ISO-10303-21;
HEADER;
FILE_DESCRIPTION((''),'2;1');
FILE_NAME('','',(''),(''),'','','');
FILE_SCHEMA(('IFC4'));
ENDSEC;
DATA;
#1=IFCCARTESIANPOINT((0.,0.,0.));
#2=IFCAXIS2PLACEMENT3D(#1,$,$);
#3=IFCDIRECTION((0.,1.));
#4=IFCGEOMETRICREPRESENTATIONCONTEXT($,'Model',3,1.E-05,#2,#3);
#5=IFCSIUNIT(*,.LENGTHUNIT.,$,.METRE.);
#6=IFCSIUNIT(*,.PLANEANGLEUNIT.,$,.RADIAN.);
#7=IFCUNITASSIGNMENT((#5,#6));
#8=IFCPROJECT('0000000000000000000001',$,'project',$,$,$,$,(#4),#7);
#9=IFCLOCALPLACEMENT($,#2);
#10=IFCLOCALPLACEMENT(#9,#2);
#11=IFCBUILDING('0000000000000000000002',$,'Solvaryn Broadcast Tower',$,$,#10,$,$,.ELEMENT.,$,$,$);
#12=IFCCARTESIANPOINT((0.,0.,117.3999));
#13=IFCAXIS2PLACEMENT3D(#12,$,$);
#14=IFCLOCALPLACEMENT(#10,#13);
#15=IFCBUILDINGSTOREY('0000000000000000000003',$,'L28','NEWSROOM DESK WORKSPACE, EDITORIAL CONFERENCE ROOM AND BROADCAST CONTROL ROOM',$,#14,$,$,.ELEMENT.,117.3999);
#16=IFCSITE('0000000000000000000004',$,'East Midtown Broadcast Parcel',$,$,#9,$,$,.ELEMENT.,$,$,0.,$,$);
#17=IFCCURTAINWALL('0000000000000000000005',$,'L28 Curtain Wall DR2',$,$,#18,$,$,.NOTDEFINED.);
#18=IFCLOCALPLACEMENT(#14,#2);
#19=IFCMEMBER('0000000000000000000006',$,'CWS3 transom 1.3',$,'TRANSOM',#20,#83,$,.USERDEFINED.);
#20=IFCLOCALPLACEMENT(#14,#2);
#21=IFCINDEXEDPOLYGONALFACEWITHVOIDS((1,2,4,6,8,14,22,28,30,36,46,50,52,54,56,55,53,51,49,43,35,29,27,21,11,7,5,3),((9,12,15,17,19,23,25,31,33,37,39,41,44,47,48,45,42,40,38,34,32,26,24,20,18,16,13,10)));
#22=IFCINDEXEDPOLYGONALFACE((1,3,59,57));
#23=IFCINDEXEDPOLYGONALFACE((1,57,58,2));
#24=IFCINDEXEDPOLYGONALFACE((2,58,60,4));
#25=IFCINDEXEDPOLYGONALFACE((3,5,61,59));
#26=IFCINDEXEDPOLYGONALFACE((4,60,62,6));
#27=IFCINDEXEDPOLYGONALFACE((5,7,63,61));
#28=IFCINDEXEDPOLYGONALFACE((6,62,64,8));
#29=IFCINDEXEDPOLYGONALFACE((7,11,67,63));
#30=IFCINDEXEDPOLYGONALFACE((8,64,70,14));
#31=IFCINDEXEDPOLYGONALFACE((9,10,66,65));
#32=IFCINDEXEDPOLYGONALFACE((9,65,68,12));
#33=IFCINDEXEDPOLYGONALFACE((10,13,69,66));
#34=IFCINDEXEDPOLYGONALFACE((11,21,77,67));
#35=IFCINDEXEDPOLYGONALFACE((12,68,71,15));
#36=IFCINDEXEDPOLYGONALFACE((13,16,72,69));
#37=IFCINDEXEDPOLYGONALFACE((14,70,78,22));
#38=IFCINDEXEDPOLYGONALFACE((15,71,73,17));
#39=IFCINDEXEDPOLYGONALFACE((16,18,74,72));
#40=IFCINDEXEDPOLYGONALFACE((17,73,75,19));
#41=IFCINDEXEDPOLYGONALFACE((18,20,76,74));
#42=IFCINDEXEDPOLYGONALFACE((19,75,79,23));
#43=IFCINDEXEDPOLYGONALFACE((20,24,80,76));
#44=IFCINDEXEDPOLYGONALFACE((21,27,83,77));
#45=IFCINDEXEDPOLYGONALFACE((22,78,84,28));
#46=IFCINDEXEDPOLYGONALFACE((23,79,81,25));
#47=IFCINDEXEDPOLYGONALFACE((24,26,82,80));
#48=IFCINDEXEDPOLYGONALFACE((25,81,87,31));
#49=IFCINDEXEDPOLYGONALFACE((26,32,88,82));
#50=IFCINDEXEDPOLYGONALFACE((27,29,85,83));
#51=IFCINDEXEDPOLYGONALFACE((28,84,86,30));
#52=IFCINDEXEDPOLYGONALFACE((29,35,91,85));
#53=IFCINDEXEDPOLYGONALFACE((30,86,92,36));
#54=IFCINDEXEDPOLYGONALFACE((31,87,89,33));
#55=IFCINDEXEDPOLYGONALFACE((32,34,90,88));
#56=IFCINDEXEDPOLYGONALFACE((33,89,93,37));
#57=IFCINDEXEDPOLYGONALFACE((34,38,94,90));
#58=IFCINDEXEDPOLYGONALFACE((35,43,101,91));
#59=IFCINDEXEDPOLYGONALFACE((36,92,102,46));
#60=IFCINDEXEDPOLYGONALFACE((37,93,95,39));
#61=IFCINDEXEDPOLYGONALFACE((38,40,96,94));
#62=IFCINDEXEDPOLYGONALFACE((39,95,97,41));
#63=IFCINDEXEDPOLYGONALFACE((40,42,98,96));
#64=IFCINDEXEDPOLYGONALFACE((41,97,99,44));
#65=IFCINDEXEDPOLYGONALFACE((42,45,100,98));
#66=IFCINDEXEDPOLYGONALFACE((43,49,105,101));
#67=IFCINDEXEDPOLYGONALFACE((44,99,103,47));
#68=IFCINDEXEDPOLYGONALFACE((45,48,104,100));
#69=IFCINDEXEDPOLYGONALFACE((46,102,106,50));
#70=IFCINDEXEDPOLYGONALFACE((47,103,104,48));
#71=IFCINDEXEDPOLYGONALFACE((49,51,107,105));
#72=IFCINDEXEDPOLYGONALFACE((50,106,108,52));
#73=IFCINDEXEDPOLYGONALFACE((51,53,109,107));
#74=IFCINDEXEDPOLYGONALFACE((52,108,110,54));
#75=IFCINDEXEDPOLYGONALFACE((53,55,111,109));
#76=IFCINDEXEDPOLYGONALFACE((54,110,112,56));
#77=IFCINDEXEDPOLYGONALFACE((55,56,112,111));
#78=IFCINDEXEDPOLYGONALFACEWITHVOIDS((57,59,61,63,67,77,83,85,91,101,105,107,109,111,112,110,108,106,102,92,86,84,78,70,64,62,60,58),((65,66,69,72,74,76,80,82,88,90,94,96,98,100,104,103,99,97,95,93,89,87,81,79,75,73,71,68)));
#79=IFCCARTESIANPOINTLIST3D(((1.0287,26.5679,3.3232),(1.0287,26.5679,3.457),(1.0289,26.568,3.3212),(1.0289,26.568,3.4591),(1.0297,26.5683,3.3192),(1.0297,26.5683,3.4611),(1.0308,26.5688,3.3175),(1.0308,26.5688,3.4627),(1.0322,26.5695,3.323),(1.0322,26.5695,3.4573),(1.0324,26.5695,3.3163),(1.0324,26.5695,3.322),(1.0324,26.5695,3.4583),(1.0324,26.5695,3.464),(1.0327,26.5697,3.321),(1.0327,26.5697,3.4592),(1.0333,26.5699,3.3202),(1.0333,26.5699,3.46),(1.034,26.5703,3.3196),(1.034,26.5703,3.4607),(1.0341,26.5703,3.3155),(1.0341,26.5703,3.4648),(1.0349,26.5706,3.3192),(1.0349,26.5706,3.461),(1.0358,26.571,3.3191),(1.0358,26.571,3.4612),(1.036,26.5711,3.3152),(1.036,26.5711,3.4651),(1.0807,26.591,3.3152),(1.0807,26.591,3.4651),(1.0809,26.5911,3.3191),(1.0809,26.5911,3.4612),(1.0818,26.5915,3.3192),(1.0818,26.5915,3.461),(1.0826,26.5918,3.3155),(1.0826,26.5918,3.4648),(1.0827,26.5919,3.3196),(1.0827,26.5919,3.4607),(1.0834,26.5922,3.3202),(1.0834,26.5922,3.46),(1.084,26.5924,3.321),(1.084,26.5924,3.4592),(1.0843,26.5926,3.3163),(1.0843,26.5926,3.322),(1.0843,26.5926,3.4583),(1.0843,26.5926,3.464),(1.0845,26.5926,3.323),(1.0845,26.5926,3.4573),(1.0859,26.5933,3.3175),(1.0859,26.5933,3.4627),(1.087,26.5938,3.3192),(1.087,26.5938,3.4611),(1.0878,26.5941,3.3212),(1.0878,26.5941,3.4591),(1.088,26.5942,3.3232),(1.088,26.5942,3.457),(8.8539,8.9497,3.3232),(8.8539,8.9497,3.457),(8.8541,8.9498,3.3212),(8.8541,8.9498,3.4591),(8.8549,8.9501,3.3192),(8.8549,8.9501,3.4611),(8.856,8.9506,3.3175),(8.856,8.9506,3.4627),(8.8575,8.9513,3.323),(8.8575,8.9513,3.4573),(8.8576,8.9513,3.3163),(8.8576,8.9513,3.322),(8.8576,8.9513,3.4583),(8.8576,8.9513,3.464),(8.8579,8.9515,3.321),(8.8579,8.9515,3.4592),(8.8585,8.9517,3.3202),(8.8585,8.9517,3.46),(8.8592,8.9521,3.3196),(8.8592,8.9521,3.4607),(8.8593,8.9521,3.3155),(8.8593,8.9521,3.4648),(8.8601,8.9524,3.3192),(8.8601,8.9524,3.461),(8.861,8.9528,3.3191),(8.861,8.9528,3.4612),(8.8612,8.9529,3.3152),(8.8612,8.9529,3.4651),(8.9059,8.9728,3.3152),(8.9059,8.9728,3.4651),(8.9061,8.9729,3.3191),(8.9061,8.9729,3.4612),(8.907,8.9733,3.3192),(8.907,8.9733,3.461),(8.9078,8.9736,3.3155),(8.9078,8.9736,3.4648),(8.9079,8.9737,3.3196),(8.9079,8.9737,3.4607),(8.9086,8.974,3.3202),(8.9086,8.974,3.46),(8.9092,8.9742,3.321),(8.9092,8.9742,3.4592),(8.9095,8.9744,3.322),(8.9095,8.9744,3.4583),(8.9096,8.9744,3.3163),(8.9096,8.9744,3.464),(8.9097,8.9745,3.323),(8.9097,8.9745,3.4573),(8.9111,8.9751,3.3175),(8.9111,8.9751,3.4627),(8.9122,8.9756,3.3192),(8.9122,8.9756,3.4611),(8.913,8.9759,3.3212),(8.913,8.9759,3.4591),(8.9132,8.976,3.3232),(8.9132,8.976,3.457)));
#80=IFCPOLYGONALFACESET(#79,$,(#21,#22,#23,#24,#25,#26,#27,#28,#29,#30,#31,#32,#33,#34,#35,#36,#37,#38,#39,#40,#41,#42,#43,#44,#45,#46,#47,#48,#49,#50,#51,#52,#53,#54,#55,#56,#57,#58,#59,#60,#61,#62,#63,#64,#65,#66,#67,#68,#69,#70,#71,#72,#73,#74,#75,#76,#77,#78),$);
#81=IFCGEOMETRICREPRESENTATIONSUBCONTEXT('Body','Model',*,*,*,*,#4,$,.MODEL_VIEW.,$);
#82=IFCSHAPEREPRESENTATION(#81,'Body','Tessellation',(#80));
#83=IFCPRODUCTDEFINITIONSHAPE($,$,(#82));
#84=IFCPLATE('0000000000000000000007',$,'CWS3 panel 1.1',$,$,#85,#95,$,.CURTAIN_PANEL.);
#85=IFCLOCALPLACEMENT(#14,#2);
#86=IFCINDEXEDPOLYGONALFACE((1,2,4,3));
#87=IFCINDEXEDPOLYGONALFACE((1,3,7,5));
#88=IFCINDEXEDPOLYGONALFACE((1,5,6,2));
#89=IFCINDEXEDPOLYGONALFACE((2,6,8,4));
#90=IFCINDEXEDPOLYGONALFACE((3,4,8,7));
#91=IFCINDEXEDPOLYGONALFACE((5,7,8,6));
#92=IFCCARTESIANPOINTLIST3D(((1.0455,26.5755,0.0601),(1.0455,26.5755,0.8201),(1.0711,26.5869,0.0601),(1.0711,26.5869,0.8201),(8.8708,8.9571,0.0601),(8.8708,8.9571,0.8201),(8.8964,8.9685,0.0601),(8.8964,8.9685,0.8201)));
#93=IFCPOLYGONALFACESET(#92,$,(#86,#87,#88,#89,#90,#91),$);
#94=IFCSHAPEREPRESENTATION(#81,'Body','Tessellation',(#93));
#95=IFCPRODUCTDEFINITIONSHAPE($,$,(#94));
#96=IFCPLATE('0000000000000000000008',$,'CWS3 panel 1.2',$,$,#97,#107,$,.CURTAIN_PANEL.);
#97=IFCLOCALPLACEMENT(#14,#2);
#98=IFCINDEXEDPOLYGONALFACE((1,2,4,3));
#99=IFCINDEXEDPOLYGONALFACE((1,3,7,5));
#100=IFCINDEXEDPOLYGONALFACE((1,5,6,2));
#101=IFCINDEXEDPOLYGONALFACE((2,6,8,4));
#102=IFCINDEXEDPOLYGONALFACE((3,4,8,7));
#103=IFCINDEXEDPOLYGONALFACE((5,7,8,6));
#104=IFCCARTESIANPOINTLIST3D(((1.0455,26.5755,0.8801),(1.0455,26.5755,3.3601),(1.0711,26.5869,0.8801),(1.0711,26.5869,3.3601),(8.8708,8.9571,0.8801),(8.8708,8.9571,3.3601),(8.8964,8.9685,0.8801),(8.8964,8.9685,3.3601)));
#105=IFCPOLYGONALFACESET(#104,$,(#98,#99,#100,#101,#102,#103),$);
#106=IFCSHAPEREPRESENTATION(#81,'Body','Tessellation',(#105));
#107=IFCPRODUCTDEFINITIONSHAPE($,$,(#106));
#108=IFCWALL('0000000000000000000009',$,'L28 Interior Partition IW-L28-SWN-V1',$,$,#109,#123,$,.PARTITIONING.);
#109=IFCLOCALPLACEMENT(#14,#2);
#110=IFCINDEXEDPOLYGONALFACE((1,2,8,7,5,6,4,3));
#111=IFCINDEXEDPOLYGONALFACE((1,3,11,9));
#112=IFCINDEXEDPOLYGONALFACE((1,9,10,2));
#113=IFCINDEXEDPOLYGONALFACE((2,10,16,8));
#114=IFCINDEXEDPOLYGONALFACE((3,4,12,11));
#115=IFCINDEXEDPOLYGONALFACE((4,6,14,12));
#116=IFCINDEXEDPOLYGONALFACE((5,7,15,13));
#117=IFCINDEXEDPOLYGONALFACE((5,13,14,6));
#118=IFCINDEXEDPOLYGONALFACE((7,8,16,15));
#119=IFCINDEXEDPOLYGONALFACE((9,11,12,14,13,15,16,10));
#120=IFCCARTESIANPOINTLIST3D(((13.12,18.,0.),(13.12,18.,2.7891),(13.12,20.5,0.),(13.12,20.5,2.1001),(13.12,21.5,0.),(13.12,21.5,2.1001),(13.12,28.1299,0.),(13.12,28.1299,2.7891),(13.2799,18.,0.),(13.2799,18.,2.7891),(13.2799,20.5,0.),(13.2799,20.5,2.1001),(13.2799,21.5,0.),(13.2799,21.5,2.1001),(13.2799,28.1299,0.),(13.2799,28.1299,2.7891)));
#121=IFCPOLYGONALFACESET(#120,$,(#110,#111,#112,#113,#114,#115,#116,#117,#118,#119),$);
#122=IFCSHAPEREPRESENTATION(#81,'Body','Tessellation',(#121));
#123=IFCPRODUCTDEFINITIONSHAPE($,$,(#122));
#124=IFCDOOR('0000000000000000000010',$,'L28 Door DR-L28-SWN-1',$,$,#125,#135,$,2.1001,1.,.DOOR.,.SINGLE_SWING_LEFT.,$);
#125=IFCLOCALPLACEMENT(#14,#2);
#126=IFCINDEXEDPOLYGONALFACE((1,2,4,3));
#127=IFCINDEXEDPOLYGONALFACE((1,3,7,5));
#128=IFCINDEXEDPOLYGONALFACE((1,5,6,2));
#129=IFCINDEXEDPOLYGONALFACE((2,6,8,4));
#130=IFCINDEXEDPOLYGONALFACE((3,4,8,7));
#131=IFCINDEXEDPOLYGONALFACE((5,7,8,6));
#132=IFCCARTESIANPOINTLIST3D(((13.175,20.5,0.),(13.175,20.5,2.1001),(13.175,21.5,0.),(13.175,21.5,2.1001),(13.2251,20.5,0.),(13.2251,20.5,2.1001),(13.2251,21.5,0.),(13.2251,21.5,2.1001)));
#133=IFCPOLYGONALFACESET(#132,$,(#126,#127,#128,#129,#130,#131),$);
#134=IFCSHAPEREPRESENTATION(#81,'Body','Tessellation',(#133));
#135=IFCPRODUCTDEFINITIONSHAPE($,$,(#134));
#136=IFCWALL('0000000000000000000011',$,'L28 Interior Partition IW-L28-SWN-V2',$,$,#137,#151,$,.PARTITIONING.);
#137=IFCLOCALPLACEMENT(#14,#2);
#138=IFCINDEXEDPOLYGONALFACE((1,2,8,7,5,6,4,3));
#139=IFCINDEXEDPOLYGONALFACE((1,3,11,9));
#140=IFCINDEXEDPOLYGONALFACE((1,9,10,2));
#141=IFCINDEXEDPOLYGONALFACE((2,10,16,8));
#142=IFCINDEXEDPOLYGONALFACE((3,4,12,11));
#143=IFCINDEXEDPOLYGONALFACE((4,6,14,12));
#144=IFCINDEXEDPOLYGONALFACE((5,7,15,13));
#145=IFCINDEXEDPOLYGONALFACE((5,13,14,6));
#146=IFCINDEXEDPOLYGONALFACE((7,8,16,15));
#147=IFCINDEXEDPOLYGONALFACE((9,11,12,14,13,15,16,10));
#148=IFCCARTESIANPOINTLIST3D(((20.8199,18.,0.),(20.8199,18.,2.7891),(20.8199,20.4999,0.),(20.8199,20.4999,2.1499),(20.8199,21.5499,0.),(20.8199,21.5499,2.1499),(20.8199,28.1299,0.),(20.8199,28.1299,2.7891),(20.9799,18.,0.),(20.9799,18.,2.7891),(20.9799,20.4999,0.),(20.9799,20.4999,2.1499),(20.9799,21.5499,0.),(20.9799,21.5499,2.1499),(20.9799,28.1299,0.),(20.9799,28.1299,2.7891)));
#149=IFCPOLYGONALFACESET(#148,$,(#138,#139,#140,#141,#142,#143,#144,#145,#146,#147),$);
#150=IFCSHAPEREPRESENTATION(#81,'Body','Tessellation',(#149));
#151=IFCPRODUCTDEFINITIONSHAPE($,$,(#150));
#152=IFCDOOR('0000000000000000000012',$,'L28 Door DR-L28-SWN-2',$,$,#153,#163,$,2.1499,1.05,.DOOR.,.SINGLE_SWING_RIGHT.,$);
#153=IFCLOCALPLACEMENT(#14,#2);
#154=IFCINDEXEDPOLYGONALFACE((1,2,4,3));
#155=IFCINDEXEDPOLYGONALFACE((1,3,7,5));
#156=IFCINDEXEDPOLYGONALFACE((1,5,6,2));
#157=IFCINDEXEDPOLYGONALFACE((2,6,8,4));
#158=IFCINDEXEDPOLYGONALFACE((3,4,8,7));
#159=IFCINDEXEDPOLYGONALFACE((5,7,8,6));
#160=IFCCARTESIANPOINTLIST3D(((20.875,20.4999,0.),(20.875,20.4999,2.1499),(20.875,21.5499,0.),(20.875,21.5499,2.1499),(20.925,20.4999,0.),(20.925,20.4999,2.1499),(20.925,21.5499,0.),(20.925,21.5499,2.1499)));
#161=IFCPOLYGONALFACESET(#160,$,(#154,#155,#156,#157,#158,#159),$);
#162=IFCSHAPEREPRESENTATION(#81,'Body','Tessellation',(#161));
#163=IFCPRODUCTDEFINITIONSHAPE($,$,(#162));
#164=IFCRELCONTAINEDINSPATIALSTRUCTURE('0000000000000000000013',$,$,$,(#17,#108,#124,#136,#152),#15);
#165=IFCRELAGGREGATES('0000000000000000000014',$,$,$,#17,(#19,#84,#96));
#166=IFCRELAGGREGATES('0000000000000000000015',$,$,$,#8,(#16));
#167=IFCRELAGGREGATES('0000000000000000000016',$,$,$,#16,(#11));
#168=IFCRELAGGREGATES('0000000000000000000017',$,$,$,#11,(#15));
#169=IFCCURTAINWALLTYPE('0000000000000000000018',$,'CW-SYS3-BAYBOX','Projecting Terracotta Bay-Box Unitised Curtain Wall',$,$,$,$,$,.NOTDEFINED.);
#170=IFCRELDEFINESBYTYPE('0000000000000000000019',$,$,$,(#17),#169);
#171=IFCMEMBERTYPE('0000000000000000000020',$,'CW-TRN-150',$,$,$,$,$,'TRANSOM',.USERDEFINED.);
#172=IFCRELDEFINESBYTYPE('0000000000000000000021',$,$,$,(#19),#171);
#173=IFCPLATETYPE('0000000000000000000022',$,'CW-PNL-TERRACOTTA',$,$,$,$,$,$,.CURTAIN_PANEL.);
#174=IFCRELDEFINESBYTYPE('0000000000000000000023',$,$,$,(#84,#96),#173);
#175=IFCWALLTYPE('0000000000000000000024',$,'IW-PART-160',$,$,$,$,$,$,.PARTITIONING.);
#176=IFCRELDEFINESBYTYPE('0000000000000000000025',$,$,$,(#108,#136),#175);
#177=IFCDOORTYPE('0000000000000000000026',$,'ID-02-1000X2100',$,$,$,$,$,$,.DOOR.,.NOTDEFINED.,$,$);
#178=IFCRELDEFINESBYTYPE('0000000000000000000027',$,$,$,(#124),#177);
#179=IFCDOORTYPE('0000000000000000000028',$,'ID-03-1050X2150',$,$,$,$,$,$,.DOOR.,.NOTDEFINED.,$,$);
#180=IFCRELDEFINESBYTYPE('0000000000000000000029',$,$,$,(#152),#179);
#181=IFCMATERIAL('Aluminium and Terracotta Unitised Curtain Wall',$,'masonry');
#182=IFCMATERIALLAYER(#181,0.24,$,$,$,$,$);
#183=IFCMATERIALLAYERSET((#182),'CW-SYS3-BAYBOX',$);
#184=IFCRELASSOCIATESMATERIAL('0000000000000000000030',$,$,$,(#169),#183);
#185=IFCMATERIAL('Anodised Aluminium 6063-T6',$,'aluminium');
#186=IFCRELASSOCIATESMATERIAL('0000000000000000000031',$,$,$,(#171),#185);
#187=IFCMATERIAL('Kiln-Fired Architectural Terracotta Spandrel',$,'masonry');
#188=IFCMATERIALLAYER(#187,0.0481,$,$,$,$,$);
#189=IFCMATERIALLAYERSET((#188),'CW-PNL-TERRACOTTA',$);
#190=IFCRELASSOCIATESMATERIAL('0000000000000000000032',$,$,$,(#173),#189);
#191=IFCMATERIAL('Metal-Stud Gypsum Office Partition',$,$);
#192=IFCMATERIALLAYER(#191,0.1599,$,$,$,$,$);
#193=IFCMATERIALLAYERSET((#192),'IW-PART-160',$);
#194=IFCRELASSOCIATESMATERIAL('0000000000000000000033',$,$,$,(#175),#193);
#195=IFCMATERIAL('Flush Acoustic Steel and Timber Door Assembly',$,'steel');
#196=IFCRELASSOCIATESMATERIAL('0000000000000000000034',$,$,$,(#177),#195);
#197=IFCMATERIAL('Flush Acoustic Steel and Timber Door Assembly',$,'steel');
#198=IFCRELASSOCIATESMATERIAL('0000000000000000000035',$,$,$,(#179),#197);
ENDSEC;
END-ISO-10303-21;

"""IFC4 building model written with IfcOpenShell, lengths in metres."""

from ifc_helpers import new_model, si_unit, direction, frame, frame_2d, origin, origin_2d, place, context, subcontext, project, spatial, rectangle, hollow_rectangle, extrude, material, layer, layer_set, material_profile, profile_set, type_object, element, fill, aggregate, save


model = new_model("IFC4")

# Units and contexts
model_context = context("Model", 3, precision=1e-05, world=origin(), true_north=direction((0.0, 1.0)))
body_context = subcontext(model_context, "Body", "Model", "MODEL_VIEW")
ifc_project = project(units=[si_unit("LENGTHUNIT", "METRE"), si_unit("PLANEANGLEUNIT", "RADIAN")], contexts=[model_context])

# Site, building, storey
site_placement = place(None, origin())
site = spatial("IfcSite", under=ifc_project, at=site_placement, Name="East Midtown Broadcast Parcel", CompositionType="ELEMENT", RefElevation=0.0)
building_placement = place(site_placement, origin())
building = spatial("IfcBuilding", under=site, at=building_placement, Name="Solvaryn Broadcast Tower", CompositionType="ELEMENT")
storey_placement = place(building_placement, frame((0.0, 0.0, 117.3999)))
storey = spatial("IfcBuildingStorey", under=building, at=storey_placement, Name="L28", Description="NEWSROOM DESK WORKSPACE, EDITORIAL CONFERENCE ROOM AND BROADCAST CONTROL ROOM", CompositionType="ELEMENT", Elevation=117.3999)

# Curtain wall, member, plates
ifc_material_1 = material(Name="Aluminium and Terracotta Unitised Curtain Wall", Category="masonry")
ifc_layer_1 = layer(ifc_material_1, 0.24)
ifc_layer_set_1 = layer_set([ifc_layer_1], Name="CW-SYS3-BAYBOX")
curtain_wall_type = type_object("IfcCurtainWallType", Name="CW-SYS3-BAYBOX", Description="Projecting Terracotta Bay-Box Unitised Curtain Wall", PredefinedType="NOTDEFINED", material=ifc_layer_set_1)
curtain_wall_placement = place(storey_placement, origin())
curtain_wall = element("IfcCurtainWall", 1, at=curtain_wall_placement, inside=storey, type_object=curtain_wall_type, Name="L28 Curtain Wall DR2", PredefinedType="NOTDEFINED")
ifc_material_2 = material(Name="Anodised Aluminium 6063-T6", Category="aluminium")
ifc_material_profile_1 = material_profile(ifc_material_2, hollow_rectangle(XDim=0.0649, YDim=0.1499, WallThickness=0.0039, InnerFilletRadius=0.0039, OuterFilletRadius=0.0081, at=origin_2d()))
ifc_profile_set_1 = profile_set([ifc_material_profile_1], Name="Anodised Aluminium 6063-T6")
member_type_1 = type_object("IfcMemberType", Name="CW-TRN-150", ElementType="TRANSOM", PredefinedType="USERDEFINED", material=ifc_profile_set_1)
member_1_placement = place(storey_placement, frame((1.0583, 26.5811, 3.3901), z_axis=(0.405918, -0.91391, 0.0), x_axis=(0.91391, 0.405918, 0.0)))
member_1 = element("IfcMember", 2, at=member_1_placement, type_object=member_type_1, Name="CWS3 transom 1.3", ObjectType="TRANSOM", PredefinedType="USERDEFINED", context=body_context, shape_type="SweptSolid", body=[
    extrude(hollow_rectangle(XDim=0.0649, YDim=0.1499, WallThickness=0.0039, InnerFilletRadius=0.0039, OuterFilletRadius=0.0081, at=origin_2d()), origin(), (0.0, 0.0, 1.0), 19.2778),
])
ifc_material_3 = material(Name="Kiln-Fired Architectural Terracotta Spandrel", Category="masonry")
ifc_layer_2 = layer(ifc_material_3, 0.0481)
ifc_layer_set_2 = layer_set([ifc_layer_2], Name="CW-PNL-TERRACOTTA")
plate_type = type_object("IfcPlateType", Name="CW-PNL-TERRACOTTA", PredefinedType="CURTAIN_PANEL", material=ifc_layer_set_2)
plate_1_placement = place(storey_placement, frame((4.9709, 17.772, 0.0601), z_axis=(0.0, 0.0, 1.0), x_axis=(0.405918, -0.913909, 0.0)))
plate_1 = element("IfcPlate", 3, at=plate_1_placement, type_object=plate_type, Name="CWS3 panel 1.1", PredefinedType="CURTAIN_PANEL", context=body_context, shape_type="SweptSolid", body=[
    extrude(rectangle(XDim=19.2781, YDim=0.0281, at=origin_2d()), origin(), (0.0, 0.0, 1.0), 0.76),
])
plate_2_placement = place(storey_placement, frame((4.9709, 17.772, 0.8801), z_axis=(0.0, 0.0, 1.0), x_axis=(0.405918, -0.913909, 0.0)))
plate_2 = element("IfcPlate", 4, at=plate_2_placement, type_object=plate_type, Name="CWS3 panel 1.2", PredefinedType="CURTAIN_PANEL", context=body_context, shape_type="SweptSolid", body=[
    extrude(rectangle(XDim=19.2781, YDim=0.0281, at=origin_2d()), origin(), (0.0, 0.0, 1.0), 2.48),
])
aggregate(curtain_wall, [member_1, plate_1, plate_2])

# Walls, openings, doors
ifc_material_4 = material(Name="Metal-Stud Gypsum Office Partition")
ifc_layer_3 = layer(ifc_material_4, 0.1599)
ifc_layer_set_3 = layer_set([ifc_layer_3], Name="IW-PART-160")
wall_type_1 = type_object("IfcWallType", Name="IW-PART-160", PredefinedType="PARTITIONING", material=ifc_layer_set_3)
wall_1_placement = place(storey_placement, frame((13.2, 18.0, 0.0), z_axis=(0.0, 0.0, 1.0), x_axis=(0.0, 1.0, 0.0)))
wall_1 = element("IfcWall", 5, at=wall_1_placement, inside=storey, type_object=wall_type_1, Name="L28 Interior Partition IW-L28-SWN-V1", PredefinedType="PARTITIONING", context=body_context, shape_type="SweptSolid", body=[
    extrude(rectangle(XDim=10.1299, YDim=0.1599, at=frame_2d((5.0649, 0.0))), origin(), (0.0, 0.0, 1.0), 2.7891),
])
opening_1_placement = place(wall_1_placement, frame((2.5, 0.0, 0.0)))
opening_1 = element("IfcOpeningElement", 6, at=opening_1_placement, cuts=wall_1, PredefinedType="OPENING", context=body_context, shape_type="SweptSolid", body=[
    extrude(rectangle(XDim=1.0, YDim=2.1001, at=frame_2d((0.5, 1.05))), frame((0.0, 0.0901, 0.0), z_axis=(0.0, -1.0, 0.0), x_axis=(1.0, 0.0, 0.0)), (0.0, 0.0, 1.0), 0.1799),
])
ifc_material_5 = material(Name="Flush Acoustic Steel and Timber Door Assembly", Category="steel")
door_type_1 = type_object("IfcDoorType", Name="ID-02-1000X2100", OperationType="NOTDEFINED", PredefinedType="DOOR", material=ifc_material_5)
door_1_placement = place(opening_1_placement, origin())
door_1 = element("IfcDoor", 7, at=door_1_placement, inside=storey, type_object=door_type_1, Name="L28 Door DR-L28-SWN-1", OperationType="SINGLE_SWING_LEFT", OverallHeight=2.1001, OverallWidth=1.0, PredefinedType="DOOR", context=body_context, shape_type="SweptSolid", body=[
    extrude(rectangle(XDim=1.0, YDim=2.1001, at=frame_2d((0.5, 1.05))), frame((0.0, 0.0249, 0.0), z_axis=(0.0, -1.0, 0.0), x_axis=(1.0, 0.0, 0.0)), (0.0, 0.0, 1.0), 0.05),
])
fill(opening_1, door_1)
wall_2_placement = place(storey_placement, frame((20.8999, 18.0, 0.0), z_axis=(0.0, 0.0, 1.0), x_axis=(0.0, 1.0, 0.0)))
wall_2 = element("IfcWall", 8, at=wall_2_placement, inside=storey, type_object=wall_type_1, Name="L28 Interior Partition IW-L28-SWN-V2", PredefinedType="PARTITIONING", context=body_context, shape_type="SweptSolid", body=[
    extrude(rectangle(XDim=10.1299, YDim=0.1599, at=frame_2d((5.0649, 0.0))), origin(), (0.0, 0.0, 1.0), 2.7891),
])
opening_2_placement = place(wall_2_placement, frame((2.5, 0.0, 0.0)))
opening_2 = element("IfcOpeningElement", 9, at=opening_2_placement, cuts=wall_2, PredefinedType="OPENING", context=body_context, shape_type="SweptSolid", body=[
    extrude(rectangle(XDim=1.05, YDim=2.1499, at=frame_2d((0.5249, 1.075))), frame((0.0, 0.0901, 0.0), z_axis=(0.0, -1.0, 0.0), x_axis=(1.0, 0.0, 0.0)), (0.0, 0.0, 1.0), 0.1799),
])
ifc_material_6 = material(Name="Flush Acoustic Steel and Timber Door Assembly", Category="steel")
door_type_2 = type_object("IfcDoorType", Name="ID-03-1050X2150", OperationType="NOTDEFINED", PredefinedType="DOOR", material=ifc_material_6)
door_2_placement = place(opening_2_placement, origin())
door_2 = element("IfcDoor", 10, at=door_2_placement, inside=storey, type_object=door_type_2, Name="L28 Door DR-L28-SWN-2", OperationType="SINGLE_SWING_RIGHT", OverallHeight=2.1499, OverallWidth=1.05, PredefinedType="DOOR", context=body_context, shape_type="SweptSolid", body=[
    extrude(rectangle(XDim=1.05, YDim=2.1499, at=frame_2d((0.5249, 1.075))), frame((0.0, 0.0249, 0.0), z_axis=(0.0, -1.0, 0.0), x_axis=(1.0, 0.0, 0.0)), (0.0, 0.0, 1.0), 0.05),
])
fill(opening_2, door_2)

save(model, "model.ifc")
